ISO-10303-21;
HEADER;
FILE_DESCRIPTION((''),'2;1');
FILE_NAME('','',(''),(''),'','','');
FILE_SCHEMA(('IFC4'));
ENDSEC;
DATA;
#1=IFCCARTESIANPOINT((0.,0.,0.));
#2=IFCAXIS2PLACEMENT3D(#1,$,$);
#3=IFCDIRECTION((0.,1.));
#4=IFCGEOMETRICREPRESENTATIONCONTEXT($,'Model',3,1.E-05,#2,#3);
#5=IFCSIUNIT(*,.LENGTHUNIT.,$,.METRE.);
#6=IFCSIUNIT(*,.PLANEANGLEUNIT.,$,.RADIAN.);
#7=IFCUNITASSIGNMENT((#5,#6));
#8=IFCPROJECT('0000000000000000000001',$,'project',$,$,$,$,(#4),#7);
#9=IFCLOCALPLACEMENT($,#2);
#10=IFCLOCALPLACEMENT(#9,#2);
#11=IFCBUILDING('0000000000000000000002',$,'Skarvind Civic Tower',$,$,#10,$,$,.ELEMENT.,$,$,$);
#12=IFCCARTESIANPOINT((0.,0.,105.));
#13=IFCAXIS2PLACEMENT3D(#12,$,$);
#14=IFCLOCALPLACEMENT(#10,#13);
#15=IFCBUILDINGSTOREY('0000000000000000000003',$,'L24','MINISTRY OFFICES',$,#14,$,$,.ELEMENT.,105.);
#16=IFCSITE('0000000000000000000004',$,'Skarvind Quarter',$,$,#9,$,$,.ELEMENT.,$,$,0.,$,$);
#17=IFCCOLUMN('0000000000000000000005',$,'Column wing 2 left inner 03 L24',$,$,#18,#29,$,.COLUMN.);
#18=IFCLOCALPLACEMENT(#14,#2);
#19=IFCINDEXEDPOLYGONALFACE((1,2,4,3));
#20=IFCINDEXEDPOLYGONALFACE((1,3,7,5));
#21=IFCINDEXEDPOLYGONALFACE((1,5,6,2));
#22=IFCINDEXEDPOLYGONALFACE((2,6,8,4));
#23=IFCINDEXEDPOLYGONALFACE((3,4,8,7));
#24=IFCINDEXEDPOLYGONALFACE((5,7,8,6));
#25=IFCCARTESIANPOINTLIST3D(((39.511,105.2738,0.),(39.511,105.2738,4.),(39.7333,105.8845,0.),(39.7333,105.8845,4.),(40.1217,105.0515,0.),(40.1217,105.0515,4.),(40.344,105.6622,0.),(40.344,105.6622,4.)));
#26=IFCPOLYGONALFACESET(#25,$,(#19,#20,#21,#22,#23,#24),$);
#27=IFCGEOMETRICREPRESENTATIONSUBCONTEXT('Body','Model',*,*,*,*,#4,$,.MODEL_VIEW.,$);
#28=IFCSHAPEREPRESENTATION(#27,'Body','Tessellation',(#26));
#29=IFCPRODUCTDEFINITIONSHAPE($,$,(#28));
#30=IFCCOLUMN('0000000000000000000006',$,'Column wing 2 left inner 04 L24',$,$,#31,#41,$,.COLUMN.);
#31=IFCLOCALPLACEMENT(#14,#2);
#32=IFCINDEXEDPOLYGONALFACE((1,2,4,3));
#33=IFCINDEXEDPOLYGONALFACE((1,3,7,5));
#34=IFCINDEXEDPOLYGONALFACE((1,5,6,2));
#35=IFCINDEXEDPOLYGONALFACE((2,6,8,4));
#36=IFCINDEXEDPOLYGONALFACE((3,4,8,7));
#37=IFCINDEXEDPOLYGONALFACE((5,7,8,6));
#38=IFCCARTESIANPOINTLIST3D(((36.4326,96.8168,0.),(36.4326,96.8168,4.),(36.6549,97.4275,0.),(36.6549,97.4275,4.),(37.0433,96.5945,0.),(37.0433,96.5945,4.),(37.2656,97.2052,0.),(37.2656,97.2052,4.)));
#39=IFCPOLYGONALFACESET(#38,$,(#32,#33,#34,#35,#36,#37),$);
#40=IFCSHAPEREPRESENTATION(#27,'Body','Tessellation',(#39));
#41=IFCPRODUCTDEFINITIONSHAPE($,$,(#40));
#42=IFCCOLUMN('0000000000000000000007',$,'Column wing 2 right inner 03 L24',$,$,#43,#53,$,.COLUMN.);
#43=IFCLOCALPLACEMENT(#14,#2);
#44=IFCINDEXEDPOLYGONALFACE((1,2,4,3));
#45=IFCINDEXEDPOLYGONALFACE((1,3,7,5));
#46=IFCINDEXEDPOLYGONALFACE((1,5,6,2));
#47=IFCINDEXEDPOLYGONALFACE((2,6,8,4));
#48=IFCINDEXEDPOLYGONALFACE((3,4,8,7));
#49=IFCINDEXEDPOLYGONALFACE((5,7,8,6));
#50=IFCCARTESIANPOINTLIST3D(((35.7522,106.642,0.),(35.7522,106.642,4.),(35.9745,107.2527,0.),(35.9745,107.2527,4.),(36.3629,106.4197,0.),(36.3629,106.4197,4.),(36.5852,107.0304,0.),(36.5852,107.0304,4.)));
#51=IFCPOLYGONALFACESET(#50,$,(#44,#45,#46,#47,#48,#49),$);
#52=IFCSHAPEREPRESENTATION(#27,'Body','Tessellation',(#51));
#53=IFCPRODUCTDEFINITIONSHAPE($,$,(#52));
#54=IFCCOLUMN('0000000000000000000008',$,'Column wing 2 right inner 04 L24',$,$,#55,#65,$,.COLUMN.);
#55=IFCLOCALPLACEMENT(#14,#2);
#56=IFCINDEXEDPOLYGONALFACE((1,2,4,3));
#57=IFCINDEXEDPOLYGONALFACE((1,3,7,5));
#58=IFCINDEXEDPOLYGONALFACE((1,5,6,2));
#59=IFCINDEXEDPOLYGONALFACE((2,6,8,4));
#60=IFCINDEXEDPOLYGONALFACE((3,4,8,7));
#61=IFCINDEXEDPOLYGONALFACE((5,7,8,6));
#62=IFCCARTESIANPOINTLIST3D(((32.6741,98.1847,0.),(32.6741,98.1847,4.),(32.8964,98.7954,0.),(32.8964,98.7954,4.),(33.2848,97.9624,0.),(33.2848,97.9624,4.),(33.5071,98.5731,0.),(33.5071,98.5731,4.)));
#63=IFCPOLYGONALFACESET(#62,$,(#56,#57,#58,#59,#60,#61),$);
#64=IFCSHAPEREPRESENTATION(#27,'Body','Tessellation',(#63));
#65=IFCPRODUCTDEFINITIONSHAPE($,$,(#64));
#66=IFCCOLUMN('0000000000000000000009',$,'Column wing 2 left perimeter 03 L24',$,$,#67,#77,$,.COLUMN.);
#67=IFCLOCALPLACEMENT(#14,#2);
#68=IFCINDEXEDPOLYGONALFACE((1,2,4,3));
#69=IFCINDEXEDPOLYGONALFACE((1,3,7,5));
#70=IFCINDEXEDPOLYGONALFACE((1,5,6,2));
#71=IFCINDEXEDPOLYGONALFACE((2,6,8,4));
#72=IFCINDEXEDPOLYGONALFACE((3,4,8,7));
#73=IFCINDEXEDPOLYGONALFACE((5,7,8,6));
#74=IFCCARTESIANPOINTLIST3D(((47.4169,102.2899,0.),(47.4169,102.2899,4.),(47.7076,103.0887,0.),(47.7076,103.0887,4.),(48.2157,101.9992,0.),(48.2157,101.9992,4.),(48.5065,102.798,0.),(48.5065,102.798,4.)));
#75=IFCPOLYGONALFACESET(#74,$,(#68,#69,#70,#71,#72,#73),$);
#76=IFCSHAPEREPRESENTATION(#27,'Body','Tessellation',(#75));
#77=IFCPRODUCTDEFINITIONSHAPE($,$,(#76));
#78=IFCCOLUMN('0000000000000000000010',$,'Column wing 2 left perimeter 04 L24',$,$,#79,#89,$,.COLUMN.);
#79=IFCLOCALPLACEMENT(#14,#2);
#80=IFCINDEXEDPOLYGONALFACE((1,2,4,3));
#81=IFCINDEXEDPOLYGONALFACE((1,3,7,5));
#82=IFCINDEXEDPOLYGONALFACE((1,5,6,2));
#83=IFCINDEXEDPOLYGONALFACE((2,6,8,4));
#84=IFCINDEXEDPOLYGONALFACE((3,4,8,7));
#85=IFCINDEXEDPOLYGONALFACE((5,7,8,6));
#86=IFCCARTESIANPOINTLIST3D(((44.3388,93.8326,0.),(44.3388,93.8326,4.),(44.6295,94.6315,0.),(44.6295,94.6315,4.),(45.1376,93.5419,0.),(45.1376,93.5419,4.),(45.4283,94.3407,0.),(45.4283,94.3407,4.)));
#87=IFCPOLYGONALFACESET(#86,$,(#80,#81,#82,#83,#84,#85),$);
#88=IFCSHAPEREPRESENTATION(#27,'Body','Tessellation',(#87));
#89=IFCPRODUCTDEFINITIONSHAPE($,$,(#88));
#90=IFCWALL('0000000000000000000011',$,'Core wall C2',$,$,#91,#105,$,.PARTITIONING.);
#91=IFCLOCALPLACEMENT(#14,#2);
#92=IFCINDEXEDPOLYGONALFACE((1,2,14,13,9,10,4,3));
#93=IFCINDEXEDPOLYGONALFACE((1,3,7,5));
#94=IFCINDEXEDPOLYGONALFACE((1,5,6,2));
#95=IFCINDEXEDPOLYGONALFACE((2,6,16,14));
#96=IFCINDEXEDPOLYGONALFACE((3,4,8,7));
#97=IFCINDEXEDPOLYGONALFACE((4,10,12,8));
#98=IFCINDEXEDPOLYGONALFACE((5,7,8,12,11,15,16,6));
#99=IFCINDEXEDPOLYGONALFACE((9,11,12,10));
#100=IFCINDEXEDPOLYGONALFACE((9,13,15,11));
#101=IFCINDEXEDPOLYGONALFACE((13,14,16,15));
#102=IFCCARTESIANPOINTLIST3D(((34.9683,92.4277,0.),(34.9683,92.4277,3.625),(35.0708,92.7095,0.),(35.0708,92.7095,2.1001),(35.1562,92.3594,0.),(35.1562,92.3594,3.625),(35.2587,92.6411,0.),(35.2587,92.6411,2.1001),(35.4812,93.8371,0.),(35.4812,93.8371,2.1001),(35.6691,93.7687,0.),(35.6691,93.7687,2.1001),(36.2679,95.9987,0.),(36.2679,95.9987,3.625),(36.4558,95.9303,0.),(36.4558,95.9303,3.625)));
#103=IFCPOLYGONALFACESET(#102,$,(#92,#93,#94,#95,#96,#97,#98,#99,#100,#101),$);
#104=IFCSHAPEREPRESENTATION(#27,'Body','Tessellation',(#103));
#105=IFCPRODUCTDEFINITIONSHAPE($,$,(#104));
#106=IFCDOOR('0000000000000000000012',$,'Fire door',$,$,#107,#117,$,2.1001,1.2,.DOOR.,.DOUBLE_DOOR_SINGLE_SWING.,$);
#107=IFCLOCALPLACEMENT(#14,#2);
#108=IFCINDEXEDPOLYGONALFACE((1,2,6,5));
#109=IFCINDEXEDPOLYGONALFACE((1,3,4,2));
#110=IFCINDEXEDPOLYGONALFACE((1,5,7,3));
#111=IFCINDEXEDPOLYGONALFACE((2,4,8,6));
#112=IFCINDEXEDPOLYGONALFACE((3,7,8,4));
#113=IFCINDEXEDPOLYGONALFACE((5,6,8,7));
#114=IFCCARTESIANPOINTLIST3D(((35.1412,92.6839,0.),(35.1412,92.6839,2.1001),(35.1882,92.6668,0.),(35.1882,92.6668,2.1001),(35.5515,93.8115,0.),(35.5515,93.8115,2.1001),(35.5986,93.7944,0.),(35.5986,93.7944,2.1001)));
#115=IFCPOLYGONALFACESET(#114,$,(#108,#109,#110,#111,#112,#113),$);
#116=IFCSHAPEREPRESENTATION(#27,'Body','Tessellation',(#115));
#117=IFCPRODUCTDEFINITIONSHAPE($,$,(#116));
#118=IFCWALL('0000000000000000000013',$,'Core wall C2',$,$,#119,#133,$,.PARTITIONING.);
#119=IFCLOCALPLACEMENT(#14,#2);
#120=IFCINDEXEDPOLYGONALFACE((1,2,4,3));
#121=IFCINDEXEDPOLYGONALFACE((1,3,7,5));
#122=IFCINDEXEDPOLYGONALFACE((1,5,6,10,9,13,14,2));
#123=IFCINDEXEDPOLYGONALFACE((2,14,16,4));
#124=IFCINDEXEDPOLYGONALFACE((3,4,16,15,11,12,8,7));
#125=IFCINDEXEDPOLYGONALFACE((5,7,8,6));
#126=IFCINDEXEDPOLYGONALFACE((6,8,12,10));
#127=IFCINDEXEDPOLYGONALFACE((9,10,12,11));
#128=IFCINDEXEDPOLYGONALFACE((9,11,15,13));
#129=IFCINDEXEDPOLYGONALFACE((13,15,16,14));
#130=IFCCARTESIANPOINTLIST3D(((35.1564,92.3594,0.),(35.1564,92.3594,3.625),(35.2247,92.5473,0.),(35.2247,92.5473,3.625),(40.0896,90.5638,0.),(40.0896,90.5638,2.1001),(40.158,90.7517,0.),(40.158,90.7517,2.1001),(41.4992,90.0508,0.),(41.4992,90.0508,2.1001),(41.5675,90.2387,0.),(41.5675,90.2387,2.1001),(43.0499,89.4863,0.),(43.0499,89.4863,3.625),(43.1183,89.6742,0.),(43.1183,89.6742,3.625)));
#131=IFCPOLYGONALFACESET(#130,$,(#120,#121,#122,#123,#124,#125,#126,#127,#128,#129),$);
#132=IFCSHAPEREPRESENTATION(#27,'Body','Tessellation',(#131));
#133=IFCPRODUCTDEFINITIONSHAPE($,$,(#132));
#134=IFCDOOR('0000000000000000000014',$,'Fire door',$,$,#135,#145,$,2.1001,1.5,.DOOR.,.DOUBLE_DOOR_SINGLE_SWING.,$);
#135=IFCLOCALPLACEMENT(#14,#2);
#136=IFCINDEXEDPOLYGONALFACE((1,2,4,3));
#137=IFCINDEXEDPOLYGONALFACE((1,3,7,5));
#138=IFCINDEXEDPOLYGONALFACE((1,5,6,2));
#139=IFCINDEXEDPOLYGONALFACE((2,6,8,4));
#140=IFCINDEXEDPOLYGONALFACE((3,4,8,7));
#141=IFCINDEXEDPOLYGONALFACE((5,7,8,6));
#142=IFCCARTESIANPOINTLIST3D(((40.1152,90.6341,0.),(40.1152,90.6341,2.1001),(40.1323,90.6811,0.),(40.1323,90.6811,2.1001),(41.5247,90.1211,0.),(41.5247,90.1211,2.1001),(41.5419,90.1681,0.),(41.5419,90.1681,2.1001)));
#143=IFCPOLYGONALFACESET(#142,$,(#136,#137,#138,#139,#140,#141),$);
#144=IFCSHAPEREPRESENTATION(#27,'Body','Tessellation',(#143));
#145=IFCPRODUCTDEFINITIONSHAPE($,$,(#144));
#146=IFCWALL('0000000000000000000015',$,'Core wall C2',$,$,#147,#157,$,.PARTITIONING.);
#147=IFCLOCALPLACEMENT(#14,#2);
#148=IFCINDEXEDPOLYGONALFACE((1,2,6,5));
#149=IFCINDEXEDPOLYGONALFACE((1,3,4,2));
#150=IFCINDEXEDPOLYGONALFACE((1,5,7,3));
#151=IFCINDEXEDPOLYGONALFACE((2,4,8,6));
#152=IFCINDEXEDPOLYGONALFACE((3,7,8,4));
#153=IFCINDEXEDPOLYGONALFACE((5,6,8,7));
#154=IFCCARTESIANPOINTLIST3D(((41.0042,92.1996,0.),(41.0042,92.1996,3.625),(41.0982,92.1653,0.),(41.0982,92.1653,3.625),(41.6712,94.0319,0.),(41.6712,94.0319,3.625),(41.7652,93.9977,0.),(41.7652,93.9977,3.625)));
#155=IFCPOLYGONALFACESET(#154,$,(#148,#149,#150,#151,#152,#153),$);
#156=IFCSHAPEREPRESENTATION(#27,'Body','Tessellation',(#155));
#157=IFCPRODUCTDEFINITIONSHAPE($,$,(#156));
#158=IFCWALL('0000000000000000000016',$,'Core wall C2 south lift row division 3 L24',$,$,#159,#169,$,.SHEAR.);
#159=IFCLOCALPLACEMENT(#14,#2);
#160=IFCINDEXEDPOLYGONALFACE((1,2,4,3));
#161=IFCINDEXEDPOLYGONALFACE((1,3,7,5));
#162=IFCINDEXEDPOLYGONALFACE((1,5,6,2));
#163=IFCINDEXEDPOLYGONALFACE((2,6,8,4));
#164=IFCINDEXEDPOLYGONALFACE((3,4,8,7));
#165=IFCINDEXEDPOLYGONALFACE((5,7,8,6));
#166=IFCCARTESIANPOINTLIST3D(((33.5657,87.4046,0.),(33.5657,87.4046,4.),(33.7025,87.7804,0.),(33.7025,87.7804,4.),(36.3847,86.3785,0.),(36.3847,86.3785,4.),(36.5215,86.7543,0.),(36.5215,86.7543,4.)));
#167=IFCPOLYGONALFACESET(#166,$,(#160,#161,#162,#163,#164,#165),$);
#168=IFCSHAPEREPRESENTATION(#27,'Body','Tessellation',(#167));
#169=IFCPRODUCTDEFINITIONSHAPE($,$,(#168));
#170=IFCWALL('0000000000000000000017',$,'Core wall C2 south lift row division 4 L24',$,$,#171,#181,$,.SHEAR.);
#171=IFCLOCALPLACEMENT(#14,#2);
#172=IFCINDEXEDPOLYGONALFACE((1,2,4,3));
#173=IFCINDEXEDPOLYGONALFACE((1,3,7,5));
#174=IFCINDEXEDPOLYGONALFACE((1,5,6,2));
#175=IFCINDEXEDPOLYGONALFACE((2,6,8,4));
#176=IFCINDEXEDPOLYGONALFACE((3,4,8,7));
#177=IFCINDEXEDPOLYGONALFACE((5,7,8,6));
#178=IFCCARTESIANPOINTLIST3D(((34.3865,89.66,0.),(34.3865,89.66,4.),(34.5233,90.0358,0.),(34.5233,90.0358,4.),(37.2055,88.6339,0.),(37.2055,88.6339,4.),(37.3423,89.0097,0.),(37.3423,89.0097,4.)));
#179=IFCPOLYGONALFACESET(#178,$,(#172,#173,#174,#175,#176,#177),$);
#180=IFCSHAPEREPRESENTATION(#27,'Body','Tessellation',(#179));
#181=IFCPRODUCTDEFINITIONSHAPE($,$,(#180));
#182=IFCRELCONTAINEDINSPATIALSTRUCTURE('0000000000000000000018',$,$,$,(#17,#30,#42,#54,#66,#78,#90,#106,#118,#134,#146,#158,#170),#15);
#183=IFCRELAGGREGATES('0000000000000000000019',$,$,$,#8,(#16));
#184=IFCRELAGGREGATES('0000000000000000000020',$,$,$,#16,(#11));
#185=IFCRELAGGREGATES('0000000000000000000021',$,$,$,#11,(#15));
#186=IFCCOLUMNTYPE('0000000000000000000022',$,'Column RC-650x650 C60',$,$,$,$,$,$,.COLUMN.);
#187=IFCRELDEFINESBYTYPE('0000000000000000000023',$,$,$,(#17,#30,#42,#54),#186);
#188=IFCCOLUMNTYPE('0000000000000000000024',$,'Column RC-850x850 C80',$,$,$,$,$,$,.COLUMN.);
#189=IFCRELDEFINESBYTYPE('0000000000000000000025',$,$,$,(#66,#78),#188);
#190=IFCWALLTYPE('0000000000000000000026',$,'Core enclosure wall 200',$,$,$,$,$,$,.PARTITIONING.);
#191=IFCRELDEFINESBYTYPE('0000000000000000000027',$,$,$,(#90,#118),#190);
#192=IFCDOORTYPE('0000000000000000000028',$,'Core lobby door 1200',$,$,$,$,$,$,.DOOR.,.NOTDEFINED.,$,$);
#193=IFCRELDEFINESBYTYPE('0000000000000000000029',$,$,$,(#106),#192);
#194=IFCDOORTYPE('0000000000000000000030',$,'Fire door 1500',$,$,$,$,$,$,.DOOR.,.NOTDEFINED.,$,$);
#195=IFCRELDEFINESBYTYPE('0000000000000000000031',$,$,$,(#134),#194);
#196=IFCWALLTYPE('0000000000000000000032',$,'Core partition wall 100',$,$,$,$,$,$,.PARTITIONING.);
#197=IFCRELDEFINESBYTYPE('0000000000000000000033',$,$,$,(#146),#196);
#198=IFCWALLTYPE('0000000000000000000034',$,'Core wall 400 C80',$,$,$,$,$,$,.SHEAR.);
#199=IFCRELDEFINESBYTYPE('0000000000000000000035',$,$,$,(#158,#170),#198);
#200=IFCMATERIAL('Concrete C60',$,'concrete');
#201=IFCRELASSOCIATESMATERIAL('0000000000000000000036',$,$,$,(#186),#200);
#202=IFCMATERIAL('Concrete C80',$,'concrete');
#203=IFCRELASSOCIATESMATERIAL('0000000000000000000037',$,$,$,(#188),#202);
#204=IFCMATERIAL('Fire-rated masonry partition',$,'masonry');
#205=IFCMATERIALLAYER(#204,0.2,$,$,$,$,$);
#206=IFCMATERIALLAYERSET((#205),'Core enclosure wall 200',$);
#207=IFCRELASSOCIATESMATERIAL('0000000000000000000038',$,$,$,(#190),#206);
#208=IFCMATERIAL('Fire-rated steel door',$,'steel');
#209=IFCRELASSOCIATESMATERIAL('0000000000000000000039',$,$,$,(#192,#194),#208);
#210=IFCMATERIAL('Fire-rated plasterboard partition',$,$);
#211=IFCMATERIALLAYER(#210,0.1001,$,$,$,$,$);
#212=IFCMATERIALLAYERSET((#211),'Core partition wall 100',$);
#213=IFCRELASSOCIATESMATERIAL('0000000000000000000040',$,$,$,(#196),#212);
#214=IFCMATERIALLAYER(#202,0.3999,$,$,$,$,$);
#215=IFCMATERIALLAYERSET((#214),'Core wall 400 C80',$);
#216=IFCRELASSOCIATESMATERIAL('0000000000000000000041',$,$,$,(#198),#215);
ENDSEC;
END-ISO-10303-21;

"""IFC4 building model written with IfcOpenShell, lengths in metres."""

from ifc_helpers import new_model, si_unit, direction, frame, frame_2d, origin, origin_2d, place, context, subcontext, project, spatial, rectangle, extrude, material, layer, layer_set, material_profile, profile_set, type_object, element, fill, save


model = new_model("IFC4")

# Units and contexts
model_context = context("Model", 3, precision=1e-05, world=origin(), true_north=direction((0.0, 1.0)))
body_context = subcontext(model_context, "Body", "Model", "MODEL_VIEW")
ifc_project = project(units=[si_unit("LENGTHUNIT", "METRE"), si_unit("PLANEANGLEUNIT", "RADIAN")], contexts=[model_context])

# Site, building, storey
site_placement = place(None, origin())
site = spatial("IfcSite", under=ifc_project, at=site_placement, Name="Skarvind Quarter", CompositionType="ELEMENT", RefElevation=0.0)
building_placement = place(site_placement, origin())
building = spatial("IfcBuilding", under=site, at=building_placement, Name="Skarvind Civic Tower", CompositionType="ELEMENT")
storey_placement = place(building_placement, frame((0.0, 0.0, 105.0)))
storey = spatial("IfcBuildingStorey", under=building, at=storey_placement, Name="L24", Description="MINISTRY OFFICES", CompositionType="ELEMENT", Elevation=105.0)

# Columns
ifc_material_1 = material(Name="Concrete C60", Category="concrete")
ifc_material_profile_1 = material_profile(ifc_material_1, rectangle(XDim=0.6499, YDim=0.6499, at=origin_2d()), Name="RC-650x650")
ifc_profile_set_1 = profile_set([ifc_material_profile_1], Name="Concrete C60")
column_type_1 = type_object("IfcColumnType", Name="Column RC-650x650 C60", PredefinedType="COLUMN", material=ifc_profile_set_1)
for number, where, z_axis, x_axis, name in (
    (1, (39.9275, 105.468, 0.0), (0.0, 0.0, 1.0), (-0.34202, -0.939693, 0.0), "Column wing 2 left inner 03 L24"),
    (2, (36.8491, 97.011, 0.0), (0.0, 0.0, 1.0), (-0.34202, -0.939693, 0.0), "Column wing 2 left inner 04 L24"),
    (3, (36.1687, 106.8362, 0.0), (0.0, 0.0, 1.0), (-0.34202, -0.939693, 0.0), "Column wing 2 right inner 03 L24"),
    (4, (33.0906, 98.3789, 0.0), (0.0, 0.0, 1.0), (-0.34202, -0.939693, 0.0), "Column wing 2 right inner 04 L24"),
):
    element("IfcColumn", number, at=place(storey_placement, frame(where, z_axis=z_axis, x_axis=x_axis)), inside=storey, type_object=column_type_1, Name=name, PredefinedType="COLUMN", context=body_context, shape_type="SweptSolid", body=[
        extrude(rectangle(XDim=0.6499, YDim=0.6499, at=origin_2d()), origin(), (0.0, 0.0, 1.0), 4.0),
    ])
ifc_material_2 = material(Name="Concrete C80", Category="concrete")
ifc_material_profile_2 = material_profile(ifc_material_2, rectangle(XDim=0.8501, YDim=0.8501, at=origin_2d()), Name="RC-850x850")
ifc_profile_set_2 = profile_set([ifc_material_profile_2], Name="Concrete C80")
column_type_2 = type_object("IfcColumnType", Name="Column RC-850x850 C80", PredefinedType="COLUMN", material=ifc_profile_set_2)
for number, where, z_axis, x_axis, name in (
    (5, (47.9617, 102.5439, 0.0), (0.0, 0.0, 1.0), (-0.34202, -0.939693, 0.0), "Column wing 2 left perimeter 03 L24"),
    (6, (44.8835, 94.0867, 0.0), (0.0, 0.0, 1.0), (-0.34202, -0.939693, 0.0), "Column wing 2 left perimeter 04 L24"),
):
    element("IfcColumn", number, at=place(storey_placement, frame(where, z_axis=z_axis, x_axis=x_axis)), inside=storey, type_object=column_type_2, Name=name, PredefinedType="COLUMN", context=body_context, shape_type="SweptSolid", body=[
        extrude(rectangle(XDim=0.8501, YDim=0.8501, at=origin_2d()), origin(), (0.0, 0.0, 1.0), 4.0),
    ])

# Walls, openings, doors
ifc_material_3 = material(Name="Fire-rated masonry partition", Category="masonry")
ifc_layer_1 = layer(ifc_material_3, 0.2)
ifc_layer_set_1 = layer_set([ifc_layer_1], Name="Core enclosure wall 200")
wall_type_1 = type_object("IfcWallType", Name="Core enclosure wall 200", PredefinedType="PARTITIONING", material=ifc_layer_set_1)
wall_1_placement = place(storey_placement, frame((36.3618, 95.9644, 0.0), z_axis=(0.0, 0.0, 1.0), x_axis=(-0.341996, -0.939701, 0.0)))
wall_1 = element("IfcWall", 7, at=wall_1_placement, inside=storey, type_object=wall_type_1, Name="Core wall C2", PredefinedType="PARTITIONING", context=body_context, shape_type="SweptSolid", body=[
    extrude(rectangle(XDim=3.8, YDim=0.2, at=frame_2d((1.8999, 0.0))), origin(), (0.0, 0.0, 1.0), 3.625),
])
opening_1_placement = place(wall_1_placement, frame((2.3, 0.0, 0.0)))
opening_1 = element("IfcOpeningElement", 8, at=opening_1_placement, cuts=wall_1, PredefinedType="OPENING", context=body_context, shape_type="SweptSolid", body=[
    extrude(rectangle(XDim=1.2, YDim=2.1001, at=frame_2d((0.6001, 1.05))), frame((0.0, 0.1099, 0.0), z_axis=(0.0, -1.0, 0.0), x_axis=(1.0, 0.0, 0.0)), (0.0, 0.0, 1.0), 0.22),
])
ifc_material_4 = material(Name="Fire-rated steel door", Category="steel")
door_type_1 = type_object("IfcDoorType", Name="Core lobby door 1200", OperationType="NOTDEFINED", PredefinedType="DOOR", material=ifc_material_4)
door_1_placement = place(opening_1_placement, origin())
door_1 = element("IfcDoor", 9, at=door_1_placement, inside=storey, type_object=door_type_1, Name="Fire door", OperationType="DOUBLE_DOOR_SINGLE_SWING", OverallHeight=2.1001, OverallWidth=1.2, PredefinedType="DOOR", context=body_context, shape_type="SweptSolid", body=[
    extrude(rectangle(XDim=1.2, YDim=2.1001, at=frame_2d((0.6001, 1.05))), frame((0.0, 0.0249, 0.0), z_axis=(0.0, -1.0, 0.0), x_axis=(1.0, 0.0, 0.0)), (0.0, 0.0, 1.0), 0.05),
])
fill(opening_1, door_1)
wall_2_placement = place(storey_placement, frame((35.1904, 92.4534, 0.0), z_axis=(0.0, 0.0, 1.0), x_axis=(0.939692, -0.342023, 0.0)))
wall_2 = element("IfcWall", 10, at=wall_2_placement, inside=storey, type_object=wall_type_1, Name="Core wall C2", PredefinedType="PARTITIONING", context=body_context, shape_type="SweptSolid", body=[
    extrude(rectangle(XDim=8.4001, YDim=0.2, at=frame_2d((4.2002, 0.0))), origin(), (0.0, 0.0, 1.0), 3.625),
])
opening_2_placement = place(wall_2_placement, frame((5.25, 0.0, 0.0)))
opening_2 = element("IfcOpeningElement", 11, at=opening_2_placement, cuts=wall_2, PredefinedType="OPENING", context=body_context, shape_type="SweptSolid", body=[
    extrude(rectangle(XDim=1.5, YDim=2.1001, at=frame_2d((0.75, 1.05))), frame((0.0, 0.1099, 0.0), z_axis=(0.0, -1.0, 0.0), x_axis=(1.0, 0.0, 0.0)), (0.0, 0.0, 1.0), 0.22),
])
door_type_2 = type_object("IfcDoorType", Name="Fire door 1500", OperationType="NOTDEFINED", PredefinedType="DOOR", material=ifc_material_4)
door_2_placement = place(opening_2_placement, origin())
door_2 = element("IfcDoor", 12, at=door_2_placement, inside=storey, type_object=door_type_2, Name="Fire door", OperationType="DOUBLE_DOOR_SINGLE_SWING", OverallHeight=2.1001, OverallWidth=1.5, PredefinedType="DOOR", context=body_context, shape_type="SweptSolid", body=[
    extrude(rectangle(XDim=1.5, YDim=2.1001, at=frame_2d((0.75, 1.05))), frame((0.0, 0.0249, 0.0), z_axis=(0.0, -1.0, 0.0), x_axis=(1.0, 0.0, 0.0)), (0.0, 0.0, 1.0), 0.05),
])
fill(opening_2, door_2)

# Walls
ifc_material_5 = material(Name="Fire-rated plasterboard partition")
ifc_layer_2 = layer(ifc_material_5, 0.1001)
ifc_layer_set_2 = layer_set([ifc_layer_2], Name="Core partition wall 100")
wall_type_2 = type_object("IfcWallType", Name="Core partition wall 100", PredefinedType="PARTITIONING", material=ifc_layer_set_2)
wall_3_placement = place(storey_placement, frame((41.7183, 94.0149, 0.0), z_axis=(0.0, 0.0, 1.0), x_axis=(-0.342065, -0.939676, 0.0)))
element("IfcWall", 13, at=wall_3_placement, inside=storey, type_object=wall_type_2, Name="Core wall C2", PredefinedType="PARTITIONING", context=body_context, shape_type="SweptSolid", body=[
    extrude(rectangle(XDim=1.95, YDim=0.1001, at=frame_2d((0.9751, 0.0))), origin(), (0.0, 0.0, 1.0), 3.625),
])
ifc_layer_3 = layer(ifc_material_2, 0.3999)
ifc_layer_set_3 = layer_set([ifc_layer_3], Name="Core wall 400 C80")
wall_type_3 = type_object("IfcWallType", Name="Core wall 400 C80", PredefinedType="SHEAR", material=ifc_layer_set_3)
for number, where, z_axis, x_axis, name in (
    (14, (36.4531, 86.5664, 0.0), (0.0, 0.0, 1.0), (-0.939686, 0.342037, 0.0), "Core wall C2 south lift row division 3 L24"),
    (15, (37.2739, 88.8218, 0.0), (0.0, 0.0, 1.0), (-0.939686, 0.342037, 0.0), "Core wall C2 south lift row division 4 L24"),
):
    element("IfcWall", number, at=place(storey_placement, frame(where, z_axis=z_axis, x_axis=x_axis)), inside=storey, type_object=wall_type_3, Name=name, PredefinedType="SHEAR", context=body_context, shape_type="SweptSolid", body=[
        extrude(rectangle(XDim=3.0, YDim=0.3999, at=frame_2d((1.5, 0.0))), origin(), (0.0, 0.0, 1.0), 4.0),
    ])

save(model, "model.ifc")
